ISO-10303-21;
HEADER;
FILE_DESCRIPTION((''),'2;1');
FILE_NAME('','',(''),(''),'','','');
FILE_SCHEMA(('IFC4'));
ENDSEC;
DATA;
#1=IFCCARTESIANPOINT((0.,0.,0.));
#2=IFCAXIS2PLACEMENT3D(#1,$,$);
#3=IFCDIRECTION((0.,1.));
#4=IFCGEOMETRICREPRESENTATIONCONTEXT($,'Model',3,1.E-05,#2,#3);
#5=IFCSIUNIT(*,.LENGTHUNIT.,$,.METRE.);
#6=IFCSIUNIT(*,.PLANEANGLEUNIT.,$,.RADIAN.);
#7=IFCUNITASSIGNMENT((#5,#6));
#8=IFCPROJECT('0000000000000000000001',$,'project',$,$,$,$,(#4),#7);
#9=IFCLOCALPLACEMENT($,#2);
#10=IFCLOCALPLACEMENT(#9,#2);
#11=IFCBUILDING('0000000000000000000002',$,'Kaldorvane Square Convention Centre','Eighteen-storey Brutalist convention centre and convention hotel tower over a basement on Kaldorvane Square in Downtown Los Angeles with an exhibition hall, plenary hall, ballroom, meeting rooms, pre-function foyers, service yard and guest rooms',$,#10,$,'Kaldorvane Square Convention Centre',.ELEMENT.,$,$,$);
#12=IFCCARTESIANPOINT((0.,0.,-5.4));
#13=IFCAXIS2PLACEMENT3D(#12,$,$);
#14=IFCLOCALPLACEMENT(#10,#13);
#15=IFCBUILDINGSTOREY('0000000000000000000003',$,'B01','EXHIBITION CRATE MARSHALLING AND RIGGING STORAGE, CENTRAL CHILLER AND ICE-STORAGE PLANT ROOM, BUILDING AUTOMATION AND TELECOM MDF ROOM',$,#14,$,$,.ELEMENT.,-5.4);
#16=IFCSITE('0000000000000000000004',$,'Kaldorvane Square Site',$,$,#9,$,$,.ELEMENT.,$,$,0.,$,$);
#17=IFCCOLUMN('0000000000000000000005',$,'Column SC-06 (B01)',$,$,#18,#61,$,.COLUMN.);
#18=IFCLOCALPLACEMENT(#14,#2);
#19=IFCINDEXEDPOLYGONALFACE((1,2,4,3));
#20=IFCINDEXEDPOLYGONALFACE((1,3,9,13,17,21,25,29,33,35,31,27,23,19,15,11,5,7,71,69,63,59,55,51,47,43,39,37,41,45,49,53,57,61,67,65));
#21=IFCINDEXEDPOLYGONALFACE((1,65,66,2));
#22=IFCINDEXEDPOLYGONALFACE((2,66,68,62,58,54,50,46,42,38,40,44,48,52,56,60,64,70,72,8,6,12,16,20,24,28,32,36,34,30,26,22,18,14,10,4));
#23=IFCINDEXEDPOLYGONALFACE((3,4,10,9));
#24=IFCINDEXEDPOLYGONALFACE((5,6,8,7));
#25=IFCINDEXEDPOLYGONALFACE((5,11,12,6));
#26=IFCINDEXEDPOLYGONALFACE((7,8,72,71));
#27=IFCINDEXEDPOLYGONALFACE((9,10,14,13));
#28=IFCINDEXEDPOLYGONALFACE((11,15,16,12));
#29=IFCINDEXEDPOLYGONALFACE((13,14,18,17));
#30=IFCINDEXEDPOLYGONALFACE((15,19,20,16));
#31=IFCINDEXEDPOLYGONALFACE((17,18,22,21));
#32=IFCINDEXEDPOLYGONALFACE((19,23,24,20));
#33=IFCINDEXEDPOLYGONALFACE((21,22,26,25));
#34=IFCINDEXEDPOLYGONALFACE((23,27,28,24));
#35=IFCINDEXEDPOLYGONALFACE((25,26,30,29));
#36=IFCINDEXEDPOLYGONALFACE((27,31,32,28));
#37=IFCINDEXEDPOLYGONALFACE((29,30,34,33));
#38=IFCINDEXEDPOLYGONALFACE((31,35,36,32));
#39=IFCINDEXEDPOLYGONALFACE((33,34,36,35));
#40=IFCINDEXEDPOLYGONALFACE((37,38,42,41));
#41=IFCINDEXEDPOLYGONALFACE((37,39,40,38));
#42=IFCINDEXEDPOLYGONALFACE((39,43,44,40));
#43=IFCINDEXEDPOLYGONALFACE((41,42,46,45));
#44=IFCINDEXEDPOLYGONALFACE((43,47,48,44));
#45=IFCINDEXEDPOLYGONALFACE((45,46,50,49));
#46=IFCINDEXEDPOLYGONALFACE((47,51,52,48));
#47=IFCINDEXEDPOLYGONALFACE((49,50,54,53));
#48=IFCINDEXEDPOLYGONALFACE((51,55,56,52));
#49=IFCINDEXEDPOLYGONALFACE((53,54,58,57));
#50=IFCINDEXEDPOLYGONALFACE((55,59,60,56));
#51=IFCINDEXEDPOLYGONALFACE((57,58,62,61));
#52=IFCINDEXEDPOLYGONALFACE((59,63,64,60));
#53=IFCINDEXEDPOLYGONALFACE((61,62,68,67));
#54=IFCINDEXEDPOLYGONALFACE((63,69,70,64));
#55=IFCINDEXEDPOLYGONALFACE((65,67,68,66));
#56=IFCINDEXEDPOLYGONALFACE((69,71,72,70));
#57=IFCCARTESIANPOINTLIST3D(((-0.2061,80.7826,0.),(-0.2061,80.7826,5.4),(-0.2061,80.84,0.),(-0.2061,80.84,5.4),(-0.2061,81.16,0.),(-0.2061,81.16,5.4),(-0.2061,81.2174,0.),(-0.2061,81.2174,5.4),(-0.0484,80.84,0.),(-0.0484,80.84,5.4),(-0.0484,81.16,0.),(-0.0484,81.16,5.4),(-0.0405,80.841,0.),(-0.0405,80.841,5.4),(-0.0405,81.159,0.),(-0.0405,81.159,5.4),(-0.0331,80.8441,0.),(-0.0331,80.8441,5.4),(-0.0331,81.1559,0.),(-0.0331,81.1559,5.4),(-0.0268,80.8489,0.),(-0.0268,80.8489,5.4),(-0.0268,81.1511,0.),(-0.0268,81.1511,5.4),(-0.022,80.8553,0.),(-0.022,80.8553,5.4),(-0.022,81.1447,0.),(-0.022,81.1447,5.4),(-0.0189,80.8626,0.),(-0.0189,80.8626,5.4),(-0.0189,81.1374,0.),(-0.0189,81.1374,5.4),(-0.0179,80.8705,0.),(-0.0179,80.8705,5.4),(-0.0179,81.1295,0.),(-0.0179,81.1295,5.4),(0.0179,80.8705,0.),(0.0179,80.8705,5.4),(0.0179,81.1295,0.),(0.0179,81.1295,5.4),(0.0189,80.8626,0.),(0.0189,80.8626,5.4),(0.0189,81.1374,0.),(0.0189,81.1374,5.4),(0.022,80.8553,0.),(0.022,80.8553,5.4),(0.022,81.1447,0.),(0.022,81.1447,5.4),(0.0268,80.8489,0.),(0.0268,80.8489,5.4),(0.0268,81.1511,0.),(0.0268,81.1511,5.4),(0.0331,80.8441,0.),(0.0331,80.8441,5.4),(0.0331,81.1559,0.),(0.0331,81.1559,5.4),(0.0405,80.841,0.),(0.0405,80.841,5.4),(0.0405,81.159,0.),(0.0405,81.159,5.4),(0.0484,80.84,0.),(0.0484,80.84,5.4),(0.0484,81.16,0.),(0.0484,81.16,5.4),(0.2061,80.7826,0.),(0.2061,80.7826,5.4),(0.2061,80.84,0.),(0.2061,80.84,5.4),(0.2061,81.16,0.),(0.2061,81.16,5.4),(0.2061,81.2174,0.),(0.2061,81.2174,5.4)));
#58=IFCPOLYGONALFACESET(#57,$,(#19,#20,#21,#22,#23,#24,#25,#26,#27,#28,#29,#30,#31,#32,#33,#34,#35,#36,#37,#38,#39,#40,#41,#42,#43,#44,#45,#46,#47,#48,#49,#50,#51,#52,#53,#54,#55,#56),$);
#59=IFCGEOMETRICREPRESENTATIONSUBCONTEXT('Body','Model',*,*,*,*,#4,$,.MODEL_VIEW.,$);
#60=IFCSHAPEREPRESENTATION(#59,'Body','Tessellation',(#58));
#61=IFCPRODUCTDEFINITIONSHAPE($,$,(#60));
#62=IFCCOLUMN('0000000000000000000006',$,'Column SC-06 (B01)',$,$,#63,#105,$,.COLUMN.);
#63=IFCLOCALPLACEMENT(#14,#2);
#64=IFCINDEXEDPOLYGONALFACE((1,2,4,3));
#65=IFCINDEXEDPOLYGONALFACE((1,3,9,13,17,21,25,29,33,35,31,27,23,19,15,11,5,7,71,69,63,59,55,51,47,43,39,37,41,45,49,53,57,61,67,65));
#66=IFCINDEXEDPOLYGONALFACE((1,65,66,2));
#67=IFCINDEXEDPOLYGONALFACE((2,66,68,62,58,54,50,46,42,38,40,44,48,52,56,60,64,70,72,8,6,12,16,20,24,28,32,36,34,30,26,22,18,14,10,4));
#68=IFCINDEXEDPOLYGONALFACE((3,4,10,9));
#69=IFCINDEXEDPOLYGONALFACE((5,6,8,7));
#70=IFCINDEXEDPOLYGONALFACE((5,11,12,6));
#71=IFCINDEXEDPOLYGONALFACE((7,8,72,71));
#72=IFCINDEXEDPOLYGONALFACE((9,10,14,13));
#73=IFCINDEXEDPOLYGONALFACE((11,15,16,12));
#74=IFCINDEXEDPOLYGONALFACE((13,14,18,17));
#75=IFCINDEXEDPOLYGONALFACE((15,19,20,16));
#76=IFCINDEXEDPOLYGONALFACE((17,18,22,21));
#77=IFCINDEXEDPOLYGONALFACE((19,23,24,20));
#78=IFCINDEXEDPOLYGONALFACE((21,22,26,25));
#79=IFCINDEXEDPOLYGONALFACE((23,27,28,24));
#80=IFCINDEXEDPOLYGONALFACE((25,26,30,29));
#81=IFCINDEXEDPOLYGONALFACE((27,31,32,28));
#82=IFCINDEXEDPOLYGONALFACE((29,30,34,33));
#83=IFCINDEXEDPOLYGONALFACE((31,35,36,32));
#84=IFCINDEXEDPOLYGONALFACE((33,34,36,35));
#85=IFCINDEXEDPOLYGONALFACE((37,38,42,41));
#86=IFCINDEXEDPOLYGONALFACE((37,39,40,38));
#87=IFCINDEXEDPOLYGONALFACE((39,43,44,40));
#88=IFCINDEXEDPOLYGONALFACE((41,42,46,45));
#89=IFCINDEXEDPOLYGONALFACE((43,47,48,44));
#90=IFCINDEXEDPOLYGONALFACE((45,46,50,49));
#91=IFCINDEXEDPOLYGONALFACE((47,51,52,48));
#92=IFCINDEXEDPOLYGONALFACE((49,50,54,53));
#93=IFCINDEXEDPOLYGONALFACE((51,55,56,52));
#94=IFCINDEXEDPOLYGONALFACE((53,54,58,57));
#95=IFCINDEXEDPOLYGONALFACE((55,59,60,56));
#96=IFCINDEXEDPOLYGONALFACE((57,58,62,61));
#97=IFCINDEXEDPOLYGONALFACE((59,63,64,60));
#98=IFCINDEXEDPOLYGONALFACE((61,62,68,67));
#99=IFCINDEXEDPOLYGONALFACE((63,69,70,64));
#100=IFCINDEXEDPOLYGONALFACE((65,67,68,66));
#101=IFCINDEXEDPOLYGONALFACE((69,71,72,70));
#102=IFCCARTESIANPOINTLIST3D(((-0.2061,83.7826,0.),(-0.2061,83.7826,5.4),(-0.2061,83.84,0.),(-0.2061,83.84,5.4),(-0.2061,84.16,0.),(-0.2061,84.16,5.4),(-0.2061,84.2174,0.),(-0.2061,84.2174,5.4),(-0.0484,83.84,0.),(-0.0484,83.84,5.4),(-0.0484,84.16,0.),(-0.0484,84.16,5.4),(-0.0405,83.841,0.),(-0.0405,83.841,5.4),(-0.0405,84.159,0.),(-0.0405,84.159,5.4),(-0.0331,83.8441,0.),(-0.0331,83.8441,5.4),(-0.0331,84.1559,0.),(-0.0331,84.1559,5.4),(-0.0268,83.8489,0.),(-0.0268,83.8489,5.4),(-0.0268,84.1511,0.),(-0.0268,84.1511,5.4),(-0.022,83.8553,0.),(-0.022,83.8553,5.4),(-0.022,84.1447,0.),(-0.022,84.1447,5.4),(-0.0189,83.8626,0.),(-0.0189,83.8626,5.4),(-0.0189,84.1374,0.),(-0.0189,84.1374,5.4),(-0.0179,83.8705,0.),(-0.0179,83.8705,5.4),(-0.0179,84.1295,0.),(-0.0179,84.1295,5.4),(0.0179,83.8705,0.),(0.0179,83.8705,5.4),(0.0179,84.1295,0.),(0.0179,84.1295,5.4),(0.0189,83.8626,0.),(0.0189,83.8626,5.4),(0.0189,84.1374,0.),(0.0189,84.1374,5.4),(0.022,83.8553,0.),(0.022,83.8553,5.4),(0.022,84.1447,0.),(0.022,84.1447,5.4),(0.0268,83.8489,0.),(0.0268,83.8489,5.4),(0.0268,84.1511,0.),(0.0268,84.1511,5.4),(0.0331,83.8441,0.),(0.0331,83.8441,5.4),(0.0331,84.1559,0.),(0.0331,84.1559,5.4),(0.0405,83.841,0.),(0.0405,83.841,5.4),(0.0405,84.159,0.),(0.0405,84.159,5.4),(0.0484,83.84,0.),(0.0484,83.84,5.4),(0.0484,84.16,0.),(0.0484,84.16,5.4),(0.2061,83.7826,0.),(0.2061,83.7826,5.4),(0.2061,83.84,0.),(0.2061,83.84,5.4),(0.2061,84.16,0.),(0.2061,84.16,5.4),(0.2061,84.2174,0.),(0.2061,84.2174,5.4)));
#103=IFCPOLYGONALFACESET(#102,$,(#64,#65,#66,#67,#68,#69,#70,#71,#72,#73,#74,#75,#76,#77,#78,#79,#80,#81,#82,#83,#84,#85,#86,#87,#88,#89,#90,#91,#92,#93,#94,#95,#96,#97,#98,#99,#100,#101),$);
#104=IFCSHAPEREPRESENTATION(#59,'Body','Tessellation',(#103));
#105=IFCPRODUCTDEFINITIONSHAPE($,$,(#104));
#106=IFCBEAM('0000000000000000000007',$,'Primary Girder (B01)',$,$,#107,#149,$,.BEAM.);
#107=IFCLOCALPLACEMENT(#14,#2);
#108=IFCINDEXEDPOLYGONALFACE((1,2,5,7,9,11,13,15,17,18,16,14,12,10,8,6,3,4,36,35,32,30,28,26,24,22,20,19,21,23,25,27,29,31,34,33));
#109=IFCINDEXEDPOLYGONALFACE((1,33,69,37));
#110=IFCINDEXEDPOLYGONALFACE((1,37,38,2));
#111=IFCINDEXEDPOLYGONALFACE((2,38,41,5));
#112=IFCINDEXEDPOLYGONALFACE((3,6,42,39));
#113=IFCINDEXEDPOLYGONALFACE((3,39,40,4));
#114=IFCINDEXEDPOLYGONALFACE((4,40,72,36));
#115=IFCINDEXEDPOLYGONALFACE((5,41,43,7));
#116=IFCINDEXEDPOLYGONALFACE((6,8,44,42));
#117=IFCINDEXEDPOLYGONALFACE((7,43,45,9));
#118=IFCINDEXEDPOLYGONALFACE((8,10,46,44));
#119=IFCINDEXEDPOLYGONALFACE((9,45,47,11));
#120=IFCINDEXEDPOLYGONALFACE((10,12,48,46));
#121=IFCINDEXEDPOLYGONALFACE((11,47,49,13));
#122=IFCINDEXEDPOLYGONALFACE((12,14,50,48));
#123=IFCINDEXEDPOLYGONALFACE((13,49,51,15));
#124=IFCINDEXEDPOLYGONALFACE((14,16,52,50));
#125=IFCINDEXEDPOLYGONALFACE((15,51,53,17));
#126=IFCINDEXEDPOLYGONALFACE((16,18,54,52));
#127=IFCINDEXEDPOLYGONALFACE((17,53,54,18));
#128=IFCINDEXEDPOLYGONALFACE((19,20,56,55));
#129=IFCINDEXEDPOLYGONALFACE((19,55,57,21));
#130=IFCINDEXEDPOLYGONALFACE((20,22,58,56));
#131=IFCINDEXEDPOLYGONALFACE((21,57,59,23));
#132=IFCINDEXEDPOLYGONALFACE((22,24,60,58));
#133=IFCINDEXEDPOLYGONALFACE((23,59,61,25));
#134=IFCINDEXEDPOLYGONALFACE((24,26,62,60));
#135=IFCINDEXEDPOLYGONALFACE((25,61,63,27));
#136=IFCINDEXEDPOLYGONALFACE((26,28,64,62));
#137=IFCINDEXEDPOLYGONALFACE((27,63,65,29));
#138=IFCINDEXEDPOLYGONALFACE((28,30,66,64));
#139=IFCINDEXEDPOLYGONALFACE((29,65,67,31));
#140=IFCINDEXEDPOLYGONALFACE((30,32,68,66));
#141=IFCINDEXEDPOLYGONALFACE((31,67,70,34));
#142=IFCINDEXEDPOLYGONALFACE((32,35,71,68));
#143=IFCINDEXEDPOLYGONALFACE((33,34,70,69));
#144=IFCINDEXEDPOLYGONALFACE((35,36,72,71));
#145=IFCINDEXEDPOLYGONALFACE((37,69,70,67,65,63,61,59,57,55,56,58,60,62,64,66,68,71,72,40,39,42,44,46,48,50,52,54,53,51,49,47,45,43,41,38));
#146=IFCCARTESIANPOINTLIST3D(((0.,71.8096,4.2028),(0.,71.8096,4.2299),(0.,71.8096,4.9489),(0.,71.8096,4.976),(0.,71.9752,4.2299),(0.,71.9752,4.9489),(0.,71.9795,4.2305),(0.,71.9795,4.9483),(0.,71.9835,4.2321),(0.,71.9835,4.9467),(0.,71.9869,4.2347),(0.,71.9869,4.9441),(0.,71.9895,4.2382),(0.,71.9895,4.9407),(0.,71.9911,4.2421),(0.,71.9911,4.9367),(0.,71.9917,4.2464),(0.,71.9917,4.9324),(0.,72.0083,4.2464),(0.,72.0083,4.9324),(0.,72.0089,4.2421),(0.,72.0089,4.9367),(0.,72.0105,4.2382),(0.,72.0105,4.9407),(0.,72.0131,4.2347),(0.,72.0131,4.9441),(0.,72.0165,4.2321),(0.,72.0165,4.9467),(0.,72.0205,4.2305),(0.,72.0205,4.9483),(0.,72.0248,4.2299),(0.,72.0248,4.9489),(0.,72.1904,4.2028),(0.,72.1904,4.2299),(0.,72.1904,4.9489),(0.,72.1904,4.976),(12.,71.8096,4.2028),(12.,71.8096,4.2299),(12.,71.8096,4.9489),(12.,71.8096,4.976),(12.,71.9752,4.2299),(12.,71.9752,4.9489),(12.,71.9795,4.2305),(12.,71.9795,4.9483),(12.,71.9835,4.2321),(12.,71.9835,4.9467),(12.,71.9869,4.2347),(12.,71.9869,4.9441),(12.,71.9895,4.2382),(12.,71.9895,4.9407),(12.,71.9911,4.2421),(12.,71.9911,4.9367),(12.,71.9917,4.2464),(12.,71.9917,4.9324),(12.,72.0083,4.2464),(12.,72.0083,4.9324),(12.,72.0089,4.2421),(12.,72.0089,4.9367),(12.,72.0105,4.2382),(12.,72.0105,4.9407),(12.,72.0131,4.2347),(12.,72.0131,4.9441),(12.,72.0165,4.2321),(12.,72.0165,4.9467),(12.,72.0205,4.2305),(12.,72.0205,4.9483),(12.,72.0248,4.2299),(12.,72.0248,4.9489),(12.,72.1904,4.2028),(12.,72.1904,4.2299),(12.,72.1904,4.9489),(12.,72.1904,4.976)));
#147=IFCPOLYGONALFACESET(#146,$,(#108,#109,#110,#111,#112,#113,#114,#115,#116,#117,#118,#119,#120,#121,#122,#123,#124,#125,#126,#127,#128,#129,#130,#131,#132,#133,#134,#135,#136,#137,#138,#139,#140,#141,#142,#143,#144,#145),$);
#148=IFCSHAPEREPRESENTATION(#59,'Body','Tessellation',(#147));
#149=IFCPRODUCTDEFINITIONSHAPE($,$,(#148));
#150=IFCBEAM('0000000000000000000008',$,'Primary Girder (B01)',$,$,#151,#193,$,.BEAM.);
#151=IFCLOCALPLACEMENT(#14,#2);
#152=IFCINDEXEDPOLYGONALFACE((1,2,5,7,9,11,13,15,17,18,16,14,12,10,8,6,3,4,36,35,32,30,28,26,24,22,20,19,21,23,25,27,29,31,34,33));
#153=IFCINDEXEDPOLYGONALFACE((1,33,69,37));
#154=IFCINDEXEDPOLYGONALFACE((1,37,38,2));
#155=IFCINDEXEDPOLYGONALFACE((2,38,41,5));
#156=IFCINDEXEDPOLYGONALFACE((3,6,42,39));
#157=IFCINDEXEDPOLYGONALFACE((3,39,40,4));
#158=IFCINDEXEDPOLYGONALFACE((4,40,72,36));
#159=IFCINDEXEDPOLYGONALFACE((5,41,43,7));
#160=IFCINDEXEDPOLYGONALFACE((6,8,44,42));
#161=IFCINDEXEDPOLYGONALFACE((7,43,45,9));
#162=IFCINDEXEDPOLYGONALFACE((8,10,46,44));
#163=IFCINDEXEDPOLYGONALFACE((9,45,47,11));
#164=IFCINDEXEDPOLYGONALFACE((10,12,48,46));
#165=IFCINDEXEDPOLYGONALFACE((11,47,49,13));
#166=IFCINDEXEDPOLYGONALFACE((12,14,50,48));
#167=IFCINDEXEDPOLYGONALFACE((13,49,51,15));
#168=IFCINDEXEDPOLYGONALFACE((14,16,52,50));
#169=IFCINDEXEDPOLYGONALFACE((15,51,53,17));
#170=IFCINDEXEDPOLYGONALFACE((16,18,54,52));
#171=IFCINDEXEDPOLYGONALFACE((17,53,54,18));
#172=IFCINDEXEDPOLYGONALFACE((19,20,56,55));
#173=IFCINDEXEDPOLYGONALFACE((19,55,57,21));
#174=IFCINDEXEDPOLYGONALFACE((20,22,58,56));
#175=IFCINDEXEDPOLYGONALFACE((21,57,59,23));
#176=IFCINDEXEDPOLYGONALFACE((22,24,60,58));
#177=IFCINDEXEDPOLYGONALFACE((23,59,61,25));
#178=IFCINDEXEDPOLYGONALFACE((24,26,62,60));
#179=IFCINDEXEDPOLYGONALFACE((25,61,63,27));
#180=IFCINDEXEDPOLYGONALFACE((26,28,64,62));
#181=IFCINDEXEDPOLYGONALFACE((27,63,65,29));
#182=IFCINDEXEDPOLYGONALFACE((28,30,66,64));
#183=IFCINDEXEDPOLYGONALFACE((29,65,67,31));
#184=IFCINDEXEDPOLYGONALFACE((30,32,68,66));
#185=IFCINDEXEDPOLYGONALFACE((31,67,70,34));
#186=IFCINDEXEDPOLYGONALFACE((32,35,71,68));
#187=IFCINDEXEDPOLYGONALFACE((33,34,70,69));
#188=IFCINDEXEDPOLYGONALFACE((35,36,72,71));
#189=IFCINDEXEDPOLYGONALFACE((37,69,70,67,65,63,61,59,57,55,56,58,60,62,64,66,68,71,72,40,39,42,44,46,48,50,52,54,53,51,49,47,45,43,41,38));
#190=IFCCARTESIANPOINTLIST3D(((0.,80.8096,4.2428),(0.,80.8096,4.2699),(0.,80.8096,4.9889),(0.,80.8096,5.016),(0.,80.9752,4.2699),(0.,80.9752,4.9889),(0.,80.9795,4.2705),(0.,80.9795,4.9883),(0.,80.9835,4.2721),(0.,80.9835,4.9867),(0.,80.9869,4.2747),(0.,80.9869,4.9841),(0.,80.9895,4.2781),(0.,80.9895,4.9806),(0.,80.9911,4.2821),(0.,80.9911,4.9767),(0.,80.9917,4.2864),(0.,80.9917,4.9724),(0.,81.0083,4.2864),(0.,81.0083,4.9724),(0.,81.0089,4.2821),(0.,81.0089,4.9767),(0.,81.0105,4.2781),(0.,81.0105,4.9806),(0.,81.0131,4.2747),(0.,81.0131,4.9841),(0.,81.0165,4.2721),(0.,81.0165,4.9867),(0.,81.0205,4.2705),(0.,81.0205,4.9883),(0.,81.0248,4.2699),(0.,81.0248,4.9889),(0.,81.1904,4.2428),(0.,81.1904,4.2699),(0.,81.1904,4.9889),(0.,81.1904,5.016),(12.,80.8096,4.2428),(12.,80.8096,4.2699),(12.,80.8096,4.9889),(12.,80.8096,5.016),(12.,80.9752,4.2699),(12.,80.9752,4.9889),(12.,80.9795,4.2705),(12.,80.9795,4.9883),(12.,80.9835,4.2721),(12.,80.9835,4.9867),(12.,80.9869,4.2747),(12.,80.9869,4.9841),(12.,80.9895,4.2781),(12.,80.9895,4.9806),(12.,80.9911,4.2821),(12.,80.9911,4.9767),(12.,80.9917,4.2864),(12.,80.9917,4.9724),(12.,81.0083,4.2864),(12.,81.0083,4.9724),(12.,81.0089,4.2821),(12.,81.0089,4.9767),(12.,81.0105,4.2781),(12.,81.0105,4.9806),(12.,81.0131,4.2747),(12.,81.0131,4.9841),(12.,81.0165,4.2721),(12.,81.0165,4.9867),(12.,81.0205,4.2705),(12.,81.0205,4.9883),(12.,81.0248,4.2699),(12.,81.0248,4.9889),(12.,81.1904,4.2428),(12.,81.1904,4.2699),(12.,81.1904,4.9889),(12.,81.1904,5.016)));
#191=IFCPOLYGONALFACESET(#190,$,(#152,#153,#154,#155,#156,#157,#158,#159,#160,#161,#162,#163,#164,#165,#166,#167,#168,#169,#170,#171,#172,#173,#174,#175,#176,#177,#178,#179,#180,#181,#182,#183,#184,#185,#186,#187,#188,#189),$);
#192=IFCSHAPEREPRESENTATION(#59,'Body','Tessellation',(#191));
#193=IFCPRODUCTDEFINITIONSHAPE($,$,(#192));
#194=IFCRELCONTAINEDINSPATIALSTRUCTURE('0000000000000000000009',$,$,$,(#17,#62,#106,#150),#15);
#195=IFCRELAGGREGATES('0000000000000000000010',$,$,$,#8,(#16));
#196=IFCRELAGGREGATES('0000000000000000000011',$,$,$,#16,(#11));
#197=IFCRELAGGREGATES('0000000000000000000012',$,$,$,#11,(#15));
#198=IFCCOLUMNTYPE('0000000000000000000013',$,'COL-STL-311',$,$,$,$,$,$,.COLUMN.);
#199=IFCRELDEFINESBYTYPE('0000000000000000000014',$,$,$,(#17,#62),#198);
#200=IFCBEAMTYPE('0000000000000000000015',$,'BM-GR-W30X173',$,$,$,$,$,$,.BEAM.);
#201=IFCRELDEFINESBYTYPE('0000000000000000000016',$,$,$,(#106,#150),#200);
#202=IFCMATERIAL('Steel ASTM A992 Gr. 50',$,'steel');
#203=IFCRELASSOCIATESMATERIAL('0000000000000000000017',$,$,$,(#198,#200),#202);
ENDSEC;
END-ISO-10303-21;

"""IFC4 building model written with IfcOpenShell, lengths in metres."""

from ifc_helpers import new_model, si_unit, direction, frame, origin, origin_2d, place, context, subcontext, project, spatial, i_section, extrude, material, material_profile, profile_set, type_object, element, save


model = new_model("IFC4")

# Units and contexts
model_context = context("Model", 3, precision=1e-05, world=origin(), true_north=direction((0.0, 1.0)))
body_context = subcontext(model_context, "Body", "Model", "MODEL_VIEW")
ifc_project = project(units=[si_unit("LENGTHUNIT", "METRE"), si_unit("PLANEANGLEUNIT", "RADIAN")], contexts=[model_context])

# Site, building, storey
site_placement = place(None, origin())
site = spatial("IfcSite", under=ifc_project, at=site_placement, Name="Kaldorvane Square Site", CompositionType="ELEMENT", RefElevation=0.0)
building_placement = place(site_placement, origin())
building = spatial("IfcBuilding", under=site, at=building_placement, Name="Kaldorvane Square Convention Centre", Description="Eighteen-storey Brutalist convention centre and convention hotel tower over a basement on Kaldorvane Square in Downtown Los Angeles with an exhibition hall, plenary hall, ballroom, meeting rooms, pre-function foyers, service yard and guest rooms", LongName="Kaldorvane Square Convention Centre", CompositionType="ELEMENT")
storey_placement = place(building_placement, frame((0.0, 0.0, -5.4)))
storey = spatial("IfcBuildingStorey", under=building, at=storey_placement, Name="B01", Description="EXHIBITION CRATE MARSHALLING AND RIGGING STORAGE, CENTRAL CHILLER AND ICE-STORAGE PLANT ROOM, BUILDING AUTOMATION AND TELECOM MDF ROOM", CompositionType="ELEMENT", Elevation=-5.4)

# Columns
ifc_material_1 = material(Name="Steel ASTM A992 Gr. 50", Category="steel")
ifc_material_profile_1 = material_profile(ifc_material_1, i_section(OverallWidth=0.4122, OverallDepth=0.4348, WebThickness=0.0358, FlangeThickness=0.0574, FilletRadius=0.0305, at=origin_2d()), Name="W14X311")
ifc_profile_set_1 = profile_set([ifc_material_profile_1], Name="Steel ASTM A992 Gr. 50")
column_type_1 = type_object("IfcColumnType", Name="COL-STL-311", PredefinedType="COLUMN", material=ifc_profile_set_1)
for number, where, z_axis, x_axis, name in (
    (1, (0.0, 81.0, 0.0), (0.0, 0.0, 1.0), (1.0, 0.0, 0.0), "Column SC-06 (B01)"),
    (2, (0.0, 84.0, 0.0), (0.0, 0.0, 1.0), (1.0, 0.0, 0.0), "Column SC-06 (B01)"),
):
    element("IfcColumn", number, at=place(storey_placement, frame(where, z_axis=z_axis, x_axis=x_axis)), inside=storey, type_object=column_type_1, Name=name, PredefinedType="COLUMN", context=body_context, shape_type="SweptSolid", body=[
        extrude(i_section(OverallWidth=0.4122, OverallDepth=0.4348, WebThickness=0.0358, FlangeThickness=0.0574, FilletRadius=0.0305, at=origin_2d()), origin(), (0.0, 0.0, 1.0), 5.4),
    ])

# Beams
ifc_material_profile_2 = material_profile(ifc_material_1, i_section(OverallWidth=0.3807, OverallDepth=0.7732, WebThickness=0.0166, FlangeThickness=0.0271, FilletRadius=0.0165, at=origin_2d()), Name="W30X173")
ifc_profile_set_2 = profile_set([ifc_material_profile_2], Name="Steel ASTM A992 Gr. 50")
beam_type_1 = type_object("IfcBeamType", Name="BM-GR-W30X173", PredefinedType="BEAM", material=ifc_profile_set_2)
for number, where, z_axis, x_axis, name in (
    (3, (0.0, 72.0, 4.5894), (1.0, 0.0, 0.0), (0.0, 1.0, 0.0), "Primary Girder (B01)"),
    (4, (0.0, 81.0, 4.6294), (1.0, 0.0, 0.0), (0.0, 1.0, 0.0), "Primary Girder (B01)"),
):
    element("IfcBeam", number, at=place(storey_placement, frame(where, z_axis=z_axis, x_axis=x_axis)), inside=storey, type_object=beam_type_1, Name=name, PredefinedType="BEAM", context=body_context, shape_type="SweptSolid", body=[
        extrude(i_section(OverallWidth=0.3807, OverallDepth=0.7732, WebThickness=0.0166, FlangeThickness=0.0271, FilletRadius=0.0165, at=origin_2d()), origin(), (0.0, 0.0, 1.0), 12.0),
    ])

save(model, "model.ifc")
